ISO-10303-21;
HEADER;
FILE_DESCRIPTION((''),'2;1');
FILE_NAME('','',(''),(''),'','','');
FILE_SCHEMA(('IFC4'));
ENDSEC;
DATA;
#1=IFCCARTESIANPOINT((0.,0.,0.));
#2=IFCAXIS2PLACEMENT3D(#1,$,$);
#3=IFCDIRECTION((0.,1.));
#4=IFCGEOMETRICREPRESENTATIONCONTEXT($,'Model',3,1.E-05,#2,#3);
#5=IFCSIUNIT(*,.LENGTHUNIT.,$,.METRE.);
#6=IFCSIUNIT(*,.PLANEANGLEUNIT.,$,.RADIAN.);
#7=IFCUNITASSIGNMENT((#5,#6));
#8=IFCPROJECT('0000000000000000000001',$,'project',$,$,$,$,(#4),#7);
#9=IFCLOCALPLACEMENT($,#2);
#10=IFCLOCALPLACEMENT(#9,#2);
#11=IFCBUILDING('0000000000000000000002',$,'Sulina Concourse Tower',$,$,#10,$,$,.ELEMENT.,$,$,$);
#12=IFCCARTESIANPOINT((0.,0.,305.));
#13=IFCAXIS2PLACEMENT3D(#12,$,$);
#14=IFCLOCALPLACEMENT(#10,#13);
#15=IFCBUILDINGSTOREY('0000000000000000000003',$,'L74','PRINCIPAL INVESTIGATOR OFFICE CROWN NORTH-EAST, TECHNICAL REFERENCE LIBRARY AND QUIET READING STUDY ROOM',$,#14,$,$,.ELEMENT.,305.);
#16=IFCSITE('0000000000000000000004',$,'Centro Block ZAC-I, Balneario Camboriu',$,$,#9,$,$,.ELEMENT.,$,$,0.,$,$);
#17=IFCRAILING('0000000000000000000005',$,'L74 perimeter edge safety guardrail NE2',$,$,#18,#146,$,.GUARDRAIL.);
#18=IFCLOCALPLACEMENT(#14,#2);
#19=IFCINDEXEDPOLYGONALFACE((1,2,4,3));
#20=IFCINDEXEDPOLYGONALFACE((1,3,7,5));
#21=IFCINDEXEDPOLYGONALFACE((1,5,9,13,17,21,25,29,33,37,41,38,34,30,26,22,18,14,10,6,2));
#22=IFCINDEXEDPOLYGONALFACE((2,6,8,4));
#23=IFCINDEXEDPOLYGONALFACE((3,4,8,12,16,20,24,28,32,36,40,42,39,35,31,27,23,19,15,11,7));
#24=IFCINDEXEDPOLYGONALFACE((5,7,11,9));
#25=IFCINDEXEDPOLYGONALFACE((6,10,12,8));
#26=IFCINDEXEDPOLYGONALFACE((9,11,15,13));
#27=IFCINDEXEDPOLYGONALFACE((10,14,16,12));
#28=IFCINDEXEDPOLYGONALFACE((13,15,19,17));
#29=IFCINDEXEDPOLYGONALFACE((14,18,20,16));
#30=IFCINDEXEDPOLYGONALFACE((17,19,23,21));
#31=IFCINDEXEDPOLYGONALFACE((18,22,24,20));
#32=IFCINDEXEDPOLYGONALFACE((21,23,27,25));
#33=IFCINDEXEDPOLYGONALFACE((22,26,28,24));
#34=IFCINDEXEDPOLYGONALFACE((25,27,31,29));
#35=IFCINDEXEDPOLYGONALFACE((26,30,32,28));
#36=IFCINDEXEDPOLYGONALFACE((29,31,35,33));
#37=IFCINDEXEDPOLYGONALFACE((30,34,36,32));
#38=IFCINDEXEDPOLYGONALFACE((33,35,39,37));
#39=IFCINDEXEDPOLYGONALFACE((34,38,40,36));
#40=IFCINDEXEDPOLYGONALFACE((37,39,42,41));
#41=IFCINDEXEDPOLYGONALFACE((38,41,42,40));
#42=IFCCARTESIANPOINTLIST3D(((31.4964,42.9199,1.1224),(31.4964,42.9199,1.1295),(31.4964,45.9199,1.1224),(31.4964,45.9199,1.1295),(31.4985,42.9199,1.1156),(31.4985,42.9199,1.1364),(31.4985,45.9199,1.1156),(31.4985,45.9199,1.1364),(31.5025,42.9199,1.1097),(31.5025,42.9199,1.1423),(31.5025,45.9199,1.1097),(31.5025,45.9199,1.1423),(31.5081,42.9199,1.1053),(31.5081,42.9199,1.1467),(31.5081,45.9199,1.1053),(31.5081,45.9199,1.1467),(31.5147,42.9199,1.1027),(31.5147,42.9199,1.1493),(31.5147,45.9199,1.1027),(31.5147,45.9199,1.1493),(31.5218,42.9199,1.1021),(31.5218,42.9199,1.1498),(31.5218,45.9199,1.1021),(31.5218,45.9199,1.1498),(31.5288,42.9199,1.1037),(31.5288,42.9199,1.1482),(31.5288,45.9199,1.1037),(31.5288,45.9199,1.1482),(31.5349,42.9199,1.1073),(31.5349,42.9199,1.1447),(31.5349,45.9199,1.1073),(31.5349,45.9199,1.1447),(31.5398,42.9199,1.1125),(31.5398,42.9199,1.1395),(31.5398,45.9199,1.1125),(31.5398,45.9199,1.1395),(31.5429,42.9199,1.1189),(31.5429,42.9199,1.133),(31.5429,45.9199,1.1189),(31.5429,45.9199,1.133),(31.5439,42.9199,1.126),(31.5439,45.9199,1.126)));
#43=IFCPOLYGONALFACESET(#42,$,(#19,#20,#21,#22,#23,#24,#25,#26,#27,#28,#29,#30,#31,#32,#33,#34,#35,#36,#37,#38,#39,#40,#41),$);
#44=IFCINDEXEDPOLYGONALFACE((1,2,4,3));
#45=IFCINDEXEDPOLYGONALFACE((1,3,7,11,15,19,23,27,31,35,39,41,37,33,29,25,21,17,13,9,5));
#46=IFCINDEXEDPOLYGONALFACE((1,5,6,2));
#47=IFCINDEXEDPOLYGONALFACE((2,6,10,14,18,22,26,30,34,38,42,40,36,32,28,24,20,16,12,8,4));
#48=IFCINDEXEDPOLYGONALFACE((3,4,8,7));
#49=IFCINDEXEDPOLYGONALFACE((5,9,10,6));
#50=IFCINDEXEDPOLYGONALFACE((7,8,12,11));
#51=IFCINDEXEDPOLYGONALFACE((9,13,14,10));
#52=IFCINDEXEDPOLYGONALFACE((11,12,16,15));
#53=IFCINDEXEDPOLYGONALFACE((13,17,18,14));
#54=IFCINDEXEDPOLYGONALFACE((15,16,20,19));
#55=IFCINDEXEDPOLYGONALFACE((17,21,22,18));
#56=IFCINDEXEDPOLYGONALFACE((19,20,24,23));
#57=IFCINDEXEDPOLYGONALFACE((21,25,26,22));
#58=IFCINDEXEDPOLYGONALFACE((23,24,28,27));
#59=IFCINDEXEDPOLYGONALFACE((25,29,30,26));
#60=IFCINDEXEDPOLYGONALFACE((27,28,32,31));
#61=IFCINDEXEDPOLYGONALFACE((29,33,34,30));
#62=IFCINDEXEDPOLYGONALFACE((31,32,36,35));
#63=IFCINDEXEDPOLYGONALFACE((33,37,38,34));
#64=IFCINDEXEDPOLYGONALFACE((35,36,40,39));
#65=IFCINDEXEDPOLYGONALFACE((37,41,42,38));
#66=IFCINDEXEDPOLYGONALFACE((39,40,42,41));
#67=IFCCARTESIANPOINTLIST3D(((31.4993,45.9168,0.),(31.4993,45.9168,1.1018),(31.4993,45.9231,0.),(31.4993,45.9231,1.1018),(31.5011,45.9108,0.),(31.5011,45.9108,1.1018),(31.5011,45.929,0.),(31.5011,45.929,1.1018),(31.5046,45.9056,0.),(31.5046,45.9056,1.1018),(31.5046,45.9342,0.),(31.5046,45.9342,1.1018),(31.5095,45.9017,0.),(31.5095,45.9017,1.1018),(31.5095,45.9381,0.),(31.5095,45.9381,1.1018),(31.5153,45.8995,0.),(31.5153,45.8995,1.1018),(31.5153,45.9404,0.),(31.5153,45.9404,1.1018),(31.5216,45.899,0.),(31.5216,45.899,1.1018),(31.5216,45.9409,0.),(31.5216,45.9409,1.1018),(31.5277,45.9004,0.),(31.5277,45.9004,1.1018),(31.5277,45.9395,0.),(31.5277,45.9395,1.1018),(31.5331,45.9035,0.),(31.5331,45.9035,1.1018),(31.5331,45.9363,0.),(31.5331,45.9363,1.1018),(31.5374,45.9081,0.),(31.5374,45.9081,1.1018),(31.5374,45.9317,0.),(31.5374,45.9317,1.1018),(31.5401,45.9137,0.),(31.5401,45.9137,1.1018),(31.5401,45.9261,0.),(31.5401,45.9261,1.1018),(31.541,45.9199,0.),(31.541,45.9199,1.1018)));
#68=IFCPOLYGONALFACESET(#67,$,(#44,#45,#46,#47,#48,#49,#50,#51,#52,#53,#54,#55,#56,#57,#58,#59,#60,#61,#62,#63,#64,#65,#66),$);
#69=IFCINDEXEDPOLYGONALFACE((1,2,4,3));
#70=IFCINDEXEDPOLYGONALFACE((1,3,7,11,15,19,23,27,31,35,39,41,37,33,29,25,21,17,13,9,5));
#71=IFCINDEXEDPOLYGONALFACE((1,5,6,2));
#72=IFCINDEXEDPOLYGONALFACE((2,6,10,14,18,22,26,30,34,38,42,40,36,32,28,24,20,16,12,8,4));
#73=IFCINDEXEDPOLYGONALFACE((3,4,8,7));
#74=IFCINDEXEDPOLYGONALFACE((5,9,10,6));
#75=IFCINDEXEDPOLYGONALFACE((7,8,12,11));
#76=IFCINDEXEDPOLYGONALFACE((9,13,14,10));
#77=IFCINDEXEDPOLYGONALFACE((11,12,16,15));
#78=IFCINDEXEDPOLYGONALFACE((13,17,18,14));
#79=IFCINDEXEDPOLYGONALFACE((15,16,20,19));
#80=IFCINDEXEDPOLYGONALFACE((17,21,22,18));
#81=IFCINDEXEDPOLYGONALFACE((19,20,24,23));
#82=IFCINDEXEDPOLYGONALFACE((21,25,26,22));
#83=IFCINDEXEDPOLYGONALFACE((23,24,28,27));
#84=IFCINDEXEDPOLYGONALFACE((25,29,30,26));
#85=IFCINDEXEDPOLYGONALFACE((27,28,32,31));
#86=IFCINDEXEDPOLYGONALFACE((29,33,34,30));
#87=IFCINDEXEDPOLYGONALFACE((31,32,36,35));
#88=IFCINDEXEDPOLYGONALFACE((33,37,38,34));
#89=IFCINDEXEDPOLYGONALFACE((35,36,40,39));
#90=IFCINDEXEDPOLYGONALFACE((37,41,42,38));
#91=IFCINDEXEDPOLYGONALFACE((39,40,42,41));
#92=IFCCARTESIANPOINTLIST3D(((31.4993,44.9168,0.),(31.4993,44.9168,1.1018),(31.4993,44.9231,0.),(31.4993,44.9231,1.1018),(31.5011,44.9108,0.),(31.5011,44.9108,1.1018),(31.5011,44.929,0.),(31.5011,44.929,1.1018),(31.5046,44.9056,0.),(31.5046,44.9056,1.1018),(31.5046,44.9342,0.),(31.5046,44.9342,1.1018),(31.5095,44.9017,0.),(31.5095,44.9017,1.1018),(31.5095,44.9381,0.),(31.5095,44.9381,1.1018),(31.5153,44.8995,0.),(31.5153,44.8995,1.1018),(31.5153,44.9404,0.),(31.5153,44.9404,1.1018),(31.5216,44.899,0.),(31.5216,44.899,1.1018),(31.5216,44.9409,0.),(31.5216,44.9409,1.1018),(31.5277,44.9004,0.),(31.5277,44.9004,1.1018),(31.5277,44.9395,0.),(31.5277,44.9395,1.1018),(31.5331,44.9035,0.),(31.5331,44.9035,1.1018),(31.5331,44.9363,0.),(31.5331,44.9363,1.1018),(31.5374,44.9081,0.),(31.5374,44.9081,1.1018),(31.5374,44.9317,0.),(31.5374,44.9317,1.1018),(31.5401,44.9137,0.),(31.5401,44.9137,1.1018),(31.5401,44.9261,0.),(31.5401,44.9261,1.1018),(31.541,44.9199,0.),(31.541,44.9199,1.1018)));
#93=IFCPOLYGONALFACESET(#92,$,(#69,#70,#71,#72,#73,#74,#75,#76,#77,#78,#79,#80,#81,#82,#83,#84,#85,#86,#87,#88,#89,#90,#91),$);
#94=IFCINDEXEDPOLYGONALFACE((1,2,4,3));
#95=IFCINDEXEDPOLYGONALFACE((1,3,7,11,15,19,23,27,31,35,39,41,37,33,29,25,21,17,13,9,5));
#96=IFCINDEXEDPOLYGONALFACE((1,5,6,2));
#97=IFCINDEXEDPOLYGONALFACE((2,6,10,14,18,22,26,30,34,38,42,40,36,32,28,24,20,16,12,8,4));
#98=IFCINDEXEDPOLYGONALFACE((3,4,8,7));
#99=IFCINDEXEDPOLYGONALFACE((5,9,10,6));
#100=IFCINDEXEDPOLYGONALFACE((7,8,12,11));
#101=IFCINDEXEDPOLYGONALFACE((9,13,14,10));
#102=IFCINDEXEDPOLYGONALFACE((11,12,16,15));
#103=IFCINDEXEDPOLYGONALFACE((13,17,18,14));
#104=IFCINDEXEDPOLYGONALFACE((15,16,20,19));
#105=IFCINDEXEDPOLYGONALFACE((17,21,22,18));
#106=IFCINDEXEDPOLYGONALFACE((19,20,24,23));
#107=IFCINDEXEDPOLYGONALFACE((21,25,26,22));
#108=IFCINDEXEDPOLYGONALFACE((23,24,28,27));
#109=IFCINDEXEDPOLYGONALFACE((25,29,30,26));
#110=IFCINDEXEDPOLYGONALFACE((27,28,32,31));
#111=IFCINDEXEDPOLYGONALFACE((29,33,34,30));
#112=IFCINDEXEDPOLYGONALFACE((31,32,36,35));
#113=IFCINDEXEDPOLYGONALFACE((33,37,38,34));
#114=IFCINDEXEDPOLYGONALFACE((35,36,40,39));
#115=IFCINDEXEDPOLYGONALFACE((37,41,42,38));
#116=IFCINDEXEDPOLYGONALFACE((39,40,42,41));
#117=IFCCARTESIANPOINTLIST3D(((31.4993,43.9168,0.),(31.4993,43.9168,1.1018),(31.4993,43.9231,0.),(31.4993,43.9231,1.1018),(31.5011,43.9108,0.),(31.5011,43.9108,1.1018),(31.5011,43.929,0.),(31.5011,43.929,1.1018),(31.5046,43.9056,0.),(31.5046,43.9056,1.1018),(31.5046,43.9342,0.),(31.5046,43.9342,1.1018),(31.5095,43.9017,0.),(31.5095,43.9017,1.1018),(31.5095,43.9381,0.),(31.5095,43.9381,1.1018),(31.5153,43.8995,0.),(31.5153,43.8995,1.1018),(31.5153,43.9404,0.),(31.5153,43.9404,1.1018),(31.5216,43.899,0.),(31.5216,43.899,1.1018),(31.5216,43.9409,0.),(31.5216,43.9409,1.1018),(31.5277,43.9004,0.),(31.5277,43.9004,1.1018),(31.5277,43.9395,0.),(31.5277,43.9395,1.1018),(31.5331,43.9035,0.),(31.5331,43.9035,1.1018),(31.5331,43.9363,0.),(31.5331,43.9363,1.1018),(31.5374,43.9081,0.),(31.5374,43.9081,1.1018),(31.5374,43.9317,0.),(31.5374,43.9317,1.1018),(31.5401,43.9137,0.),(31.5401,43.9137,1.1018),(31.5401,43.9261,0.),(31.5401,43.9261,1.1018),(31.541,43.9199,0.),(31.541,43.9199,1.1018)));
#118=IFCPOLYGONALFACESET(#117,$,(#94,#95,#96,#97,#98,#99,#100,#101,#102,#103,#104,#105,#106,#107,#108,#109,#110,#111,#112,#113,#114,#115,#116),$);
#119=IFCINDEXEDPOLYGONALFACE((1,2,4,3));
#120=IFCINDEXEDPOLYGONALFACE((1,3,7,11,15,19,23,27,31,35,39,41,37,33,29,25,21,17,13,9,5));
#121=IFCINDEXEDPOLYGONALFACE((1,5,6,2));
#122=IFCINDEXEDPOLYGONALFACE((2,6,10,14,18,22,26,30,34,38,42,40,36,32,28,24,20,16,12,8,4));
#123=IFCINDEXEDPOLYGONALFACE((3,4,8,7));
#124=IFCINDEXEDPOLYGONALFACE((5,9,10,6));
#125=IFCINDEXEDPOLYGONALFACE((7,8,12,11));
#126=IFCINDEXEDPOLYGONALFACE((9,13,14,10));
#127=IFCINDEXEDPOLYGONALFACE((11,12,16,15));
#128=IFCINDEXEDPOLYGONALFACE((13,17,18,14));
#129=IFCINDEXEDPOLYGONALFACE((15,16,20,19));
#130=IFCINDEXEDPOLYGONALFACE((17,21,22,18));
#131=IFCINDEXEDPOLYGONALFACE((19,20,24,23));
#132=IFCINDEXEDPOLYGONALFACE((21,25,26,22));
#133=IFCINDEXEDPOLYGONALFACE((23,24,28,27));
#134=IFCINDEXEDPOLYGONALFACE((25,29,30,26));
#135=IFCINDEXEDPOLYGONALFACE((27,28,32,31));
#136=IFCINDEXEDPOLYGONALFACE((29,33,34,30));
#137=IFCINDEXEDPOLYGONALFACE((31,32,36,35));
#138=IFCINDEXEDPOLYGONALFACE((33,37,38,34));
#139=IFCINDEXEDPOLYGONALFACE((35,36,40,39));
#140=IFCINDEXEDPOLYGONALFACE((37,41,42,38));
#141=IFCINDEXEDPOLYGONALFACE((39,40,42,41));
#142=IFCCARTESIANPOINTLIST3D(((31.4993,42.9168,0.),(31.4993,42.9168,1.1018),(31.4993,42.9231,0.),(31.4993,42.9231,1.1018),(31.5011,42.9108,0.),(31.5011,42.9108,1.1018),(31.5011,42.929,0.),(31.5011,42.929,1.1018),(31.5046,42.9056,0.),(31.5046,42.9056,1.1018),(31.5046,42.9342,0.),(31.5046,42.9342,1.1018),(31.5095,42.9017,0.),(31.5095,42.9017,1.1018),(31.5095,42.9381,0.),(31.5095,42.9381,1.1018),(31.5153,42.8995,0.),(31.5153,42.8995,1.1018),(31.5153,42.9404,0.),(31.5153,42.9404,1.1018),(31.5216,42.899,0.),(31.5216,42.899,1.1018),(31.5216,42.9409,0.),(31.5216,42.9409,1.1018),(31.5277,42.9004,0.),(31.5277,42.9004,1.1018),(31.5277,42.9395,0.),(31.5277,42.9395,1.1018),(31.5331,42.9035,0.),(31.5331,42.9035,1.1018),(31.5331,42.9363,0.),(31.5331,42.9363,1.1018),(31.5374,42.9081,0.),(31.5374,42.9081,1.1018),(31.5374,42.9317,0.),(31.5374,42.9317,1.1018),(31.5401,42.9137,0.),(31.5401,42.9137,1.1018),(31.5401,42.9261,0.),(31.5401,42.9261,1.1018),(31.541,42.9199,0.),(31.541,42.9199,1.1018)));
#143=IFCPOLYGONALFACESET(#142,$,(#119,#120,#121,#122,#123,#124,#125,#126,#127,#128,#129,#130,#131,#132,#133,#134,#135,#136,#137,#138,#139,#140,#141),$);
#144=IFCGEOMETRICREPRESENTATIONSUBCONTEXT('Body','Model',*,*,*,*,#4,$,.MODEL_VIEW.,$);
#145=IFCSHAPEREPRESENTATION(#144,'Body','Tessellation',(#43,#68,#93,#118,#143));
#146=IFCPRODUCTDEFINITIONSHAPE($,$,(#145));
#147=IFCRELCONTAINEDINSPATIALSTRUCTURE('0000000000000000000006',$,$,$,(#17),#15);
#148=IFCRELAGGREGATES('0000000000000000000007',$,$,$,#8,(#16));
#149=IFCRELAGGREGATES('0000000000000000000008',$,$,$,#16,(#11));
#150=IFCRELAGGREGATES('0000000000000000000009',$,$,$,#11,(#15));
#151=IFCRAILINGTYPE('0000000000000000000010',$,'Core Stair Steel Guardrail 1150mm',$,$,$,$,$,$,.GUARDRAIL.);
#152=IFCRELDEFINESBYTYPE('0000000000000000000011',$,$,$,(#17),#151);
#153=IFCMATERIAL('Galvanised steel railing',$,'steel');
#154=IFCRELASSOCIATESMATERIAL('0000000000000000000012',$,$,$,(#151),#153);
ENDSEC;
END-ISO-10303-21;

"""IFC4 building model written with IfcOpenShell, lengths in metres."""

from ifc_helpers import new_model, si_unit, direction, frame, origin, origin_2d, place, context, subcontext, project, spatial, circle, extrude, material, type_object, element, save


model = new_model("IFC4")

# Units and contexts
model_context = context("Model", 3, precision=1e-05, world=origin(), true_north=direction((0.0, 1.0)))
body_context = subcontext(model_context, "Body", "Model", "MODEL_VIEW")
ifc_project = project(units=[si_unit("LENGTHUNIT", "METRE"), si_unit("PLANEANGLEUNIT", "RADIAN")], contexts=[model_context])

# Site, building, storey
site_placement = place(None, origin())
site = spatial("IfcSite", under=ifc_project, at=site_placement, Name="Centro Block ZAC-I, Balneario Camboriu", CompositionType="ELEMENT", RefElevation=0.0)
building_placement = place(site_placement, origin())
building = spatial("IfcBuilding", under=site, at=building_placement, Name="Sulina Concourse Tower", CompositionType="ELEMENT")
storey_placement = place(building_placement, frame((0.0, 0.0, 305.0)))
storey = spatial("IfcBuildingStorey", under=building, at=storey_placement, Name="L74", Description="PRINCIPAL INVESTIGATOR OFFICE CROWN NORTH-EAST, TECHNICAL REFERENCE LIBRARY AND QUIET READING STUDY ROOM", CompositionType="ELEMENT", Elevation=305.0)

# Railing
ifc_material_1 = material(Name="Galvanised steel railing", Category="steel")
railing_type_1 = type_object("IfcRailingType", Name="Core Stair Steel Guardrail 1150mm", PredefinedType="GUARDRAIL", material=ifc_material_1)
railing_1_placement = place(storey_placement, frame((31.52, 45.9199, 0.0)))
element("IfcRailing", 1, at=railing_1_placement, inside=storey, type_object=railing_type_1, Name="L74 perimeter edge safety guardrail NE2", PredefinedType="GUARDRAIL", context=body_context, shape_type="SweptSolid", body=[
    extrude(circle(Radius=0.0239, at=origin_2d()), frame((0.0, 0.0, 1.126), z_axis=(0.0, -1.0, 0.0), x_axis=(1.0, 0.0, 0.0)), (0.0, 0.0, 1.0), 3.0),
    extrude(circle(Radius=0.021, at=origin_2d()), origin(), (0.0, 0.0, 1.0), 1.1018),
    extrude(circle(Radius=0.021, at=origin_2d()), frame((0.0, -1.0, 0.0)), (0.0, 0.0, 1.0), 1.1018),
    extrude(circle(Radius=0.021, at=origin_2d()), frame((0.0, -2.0, 0.0)), (0.0, 0.0, 1.0), 1.1018),
    extrude(circle(Radius=0.021, at=origin_2d()), frame((0.0, -3.0, 0.0)), (0.0, 0.0, 1.0), 1.1018),
])

save(model, "model.ifc")
